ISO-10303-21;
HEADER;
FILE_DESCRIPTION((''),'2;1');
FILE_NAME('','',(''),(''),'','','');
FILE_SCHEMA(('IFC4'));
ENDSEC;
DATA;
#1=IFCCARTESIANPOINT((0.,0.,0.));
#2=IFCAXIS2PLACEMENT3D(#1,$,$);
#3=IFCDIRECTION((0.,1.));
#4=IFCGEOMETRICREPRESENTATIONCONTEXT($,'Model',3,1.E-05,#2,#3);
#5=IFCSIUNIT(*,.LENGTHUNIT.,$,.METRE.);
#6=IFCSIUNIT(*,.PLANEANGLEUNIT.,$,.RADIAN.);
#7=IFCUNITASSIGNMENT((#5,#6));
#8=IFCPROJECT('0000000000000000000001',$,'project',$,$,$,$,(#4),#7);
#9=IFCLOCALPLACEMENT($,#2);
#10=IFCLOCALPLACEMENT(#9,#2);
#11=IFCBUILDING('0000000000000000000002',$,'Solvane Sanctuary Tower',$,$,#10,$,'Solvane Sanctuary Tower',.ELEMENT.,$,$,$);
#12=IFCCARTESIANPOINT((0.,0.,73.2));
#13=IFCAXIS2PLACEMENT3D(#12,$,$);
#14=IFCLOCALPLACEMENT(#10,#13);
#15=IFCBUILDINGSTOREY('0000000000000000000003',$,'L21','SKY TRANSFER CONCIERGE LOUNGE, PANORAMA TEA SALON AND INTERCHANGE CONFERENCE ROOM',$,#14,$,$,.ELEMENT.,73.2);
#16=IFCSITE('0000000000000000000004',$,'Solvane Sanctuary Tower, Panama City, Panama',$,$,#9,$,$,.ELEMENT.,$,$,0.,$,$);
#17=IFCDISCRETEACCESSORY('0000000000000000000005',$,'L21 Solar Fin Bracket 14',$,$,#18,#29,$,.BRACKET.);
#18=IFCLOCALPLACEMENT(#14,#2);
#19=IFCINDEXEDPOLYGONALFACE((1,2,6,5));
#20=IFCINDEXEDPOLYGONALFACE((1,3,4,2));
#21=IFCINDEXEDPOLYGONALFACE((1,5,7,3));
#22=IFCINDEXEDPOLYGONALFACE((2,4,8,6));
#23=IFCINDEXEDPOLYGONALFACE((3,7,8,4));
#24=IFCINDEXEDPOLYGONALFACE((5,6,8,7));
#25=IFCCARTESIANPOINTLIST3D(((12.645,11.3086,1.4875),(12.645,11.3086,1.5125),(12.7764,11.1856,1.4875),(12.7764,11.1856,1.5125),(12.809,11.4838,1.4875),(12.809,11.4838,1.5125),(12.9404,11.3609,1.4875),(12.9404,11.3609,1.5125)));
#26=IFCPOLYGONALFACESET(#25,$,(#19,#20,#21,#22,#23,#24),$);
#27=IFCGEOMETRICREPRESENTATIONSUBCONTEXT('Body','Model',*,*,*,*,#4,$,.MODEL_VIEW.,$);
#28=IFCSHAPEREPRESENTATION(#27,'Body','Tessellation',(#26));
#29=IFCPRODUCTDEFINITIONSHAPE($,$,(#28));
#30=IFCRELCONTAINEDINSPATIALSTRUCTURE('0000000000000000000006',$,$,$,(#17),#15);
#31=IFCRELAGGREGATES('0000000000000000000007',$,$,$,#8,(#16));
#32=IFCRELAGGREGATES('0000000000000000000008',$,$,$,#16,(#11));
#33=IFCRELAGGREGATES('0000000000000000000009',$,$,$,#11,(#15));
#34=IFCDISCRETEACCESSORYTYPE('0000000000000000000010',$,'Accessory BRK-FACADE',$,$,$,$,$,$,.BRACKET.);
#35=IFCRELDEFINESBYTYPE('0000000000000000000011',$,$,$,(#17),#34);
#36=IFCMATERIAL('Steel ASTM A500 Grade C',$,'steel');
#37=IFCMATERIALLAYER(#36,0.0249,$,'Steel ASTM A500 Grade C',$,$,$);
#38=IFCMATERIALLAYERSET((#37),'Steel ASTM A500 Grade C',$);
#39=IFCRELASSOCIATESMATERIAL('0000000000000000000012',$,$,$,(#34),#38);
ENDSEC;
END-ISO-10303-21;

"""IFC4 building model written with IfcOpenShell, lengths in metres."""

from ifc_helpers import new_model, si_unit, direction, frame, origin, origin_2d, place, context, subcontext, project, spatial, rectangle, extrude, material, layer, layer_set, type_object, element, save


model = new_model("IFC4")

# Units and contexts
model_context = context("Model", 3, precision=1e-05, world=origin(), true_north=direction((0.0, 1.0)))
body_context = subcontext(model_context, "Body", "Model", "MODEL_VIEW")
ifc_project = project(units=[si_unit("LENGTHUNIT", "METRE"), si_unit("PLANEANGLEUNIT", "RADIAN")], contexts=[model_context])

# Site, building, storey
site_placement = place(None, origin())
site = spatial("IfcSite", under=ifc_project, at=site_placement, Name="Solvane Sanctuary Tower, Panama City, Panama", CompositionType="ELEMENT", RefElevation=0.0)
building_placement = place(site_placement, origin())
building = spatial("IfcBuilding", under=site, at=building_placement, Name="Solvane Sanctuary Tower", LongName="Solvane Sanctuary Tower", CompositionType="ELEMENT")
storey_placement = place(building_placement, frame((0.0, 0.0, 73.2)))
storey = spatial("IfcBuildingStorey", under=building, at=storey_placement, Name="L21", Description="SKY TRANSFER CONCIERGE LOUNGE, PANORAMA TEA SALON AND INTERCHANGE CONFERENCE ROOM", CompositionType="ELEMENT", Elevation=73.2)

# Discrete accessory
ifc_material_1 = material(Name="Steel ASTM A500 Grade C", Category="steel")
ifc_layer_1 = layer(ifc_material_1, 0.0249, Name="Steel ASTM A500 Grade C")
ifc_layer_set_1 = layer_set([ifc_layer_1], Name="Steel ASTM A500 Grade C")
discrete_accessory_type = type_object("IfcDiscreteAccessoryType", Name="Accessory BRK-FACADE", PredefinedType="BRACKET", material=ifc_layer_set_1)
discrete_accessory_placement = place(storey_placement, frame((12.7927, 11.3347, 1.4875), z_axis=(0.0, 0.0, 1.0), x_axis=(0.730175, -0.68326, 0.0)))
element("IfcDiscreteAccessory", 1, at=discrete_accessory_placement, inside=storey, type_object=discrete_accessory_type, Name="L21 Solar Fin Bracket 14", PredefinedType="BRACKET", context=body_context, shape_type="SweptSolid", body=[
    extrude(rectangle(XDim=0.1799, YDim=0.24, at=origin_2d()), origin(), (0.0, 0.0, 1.0), 0.0249),
])

save(model, "model.ifc")
